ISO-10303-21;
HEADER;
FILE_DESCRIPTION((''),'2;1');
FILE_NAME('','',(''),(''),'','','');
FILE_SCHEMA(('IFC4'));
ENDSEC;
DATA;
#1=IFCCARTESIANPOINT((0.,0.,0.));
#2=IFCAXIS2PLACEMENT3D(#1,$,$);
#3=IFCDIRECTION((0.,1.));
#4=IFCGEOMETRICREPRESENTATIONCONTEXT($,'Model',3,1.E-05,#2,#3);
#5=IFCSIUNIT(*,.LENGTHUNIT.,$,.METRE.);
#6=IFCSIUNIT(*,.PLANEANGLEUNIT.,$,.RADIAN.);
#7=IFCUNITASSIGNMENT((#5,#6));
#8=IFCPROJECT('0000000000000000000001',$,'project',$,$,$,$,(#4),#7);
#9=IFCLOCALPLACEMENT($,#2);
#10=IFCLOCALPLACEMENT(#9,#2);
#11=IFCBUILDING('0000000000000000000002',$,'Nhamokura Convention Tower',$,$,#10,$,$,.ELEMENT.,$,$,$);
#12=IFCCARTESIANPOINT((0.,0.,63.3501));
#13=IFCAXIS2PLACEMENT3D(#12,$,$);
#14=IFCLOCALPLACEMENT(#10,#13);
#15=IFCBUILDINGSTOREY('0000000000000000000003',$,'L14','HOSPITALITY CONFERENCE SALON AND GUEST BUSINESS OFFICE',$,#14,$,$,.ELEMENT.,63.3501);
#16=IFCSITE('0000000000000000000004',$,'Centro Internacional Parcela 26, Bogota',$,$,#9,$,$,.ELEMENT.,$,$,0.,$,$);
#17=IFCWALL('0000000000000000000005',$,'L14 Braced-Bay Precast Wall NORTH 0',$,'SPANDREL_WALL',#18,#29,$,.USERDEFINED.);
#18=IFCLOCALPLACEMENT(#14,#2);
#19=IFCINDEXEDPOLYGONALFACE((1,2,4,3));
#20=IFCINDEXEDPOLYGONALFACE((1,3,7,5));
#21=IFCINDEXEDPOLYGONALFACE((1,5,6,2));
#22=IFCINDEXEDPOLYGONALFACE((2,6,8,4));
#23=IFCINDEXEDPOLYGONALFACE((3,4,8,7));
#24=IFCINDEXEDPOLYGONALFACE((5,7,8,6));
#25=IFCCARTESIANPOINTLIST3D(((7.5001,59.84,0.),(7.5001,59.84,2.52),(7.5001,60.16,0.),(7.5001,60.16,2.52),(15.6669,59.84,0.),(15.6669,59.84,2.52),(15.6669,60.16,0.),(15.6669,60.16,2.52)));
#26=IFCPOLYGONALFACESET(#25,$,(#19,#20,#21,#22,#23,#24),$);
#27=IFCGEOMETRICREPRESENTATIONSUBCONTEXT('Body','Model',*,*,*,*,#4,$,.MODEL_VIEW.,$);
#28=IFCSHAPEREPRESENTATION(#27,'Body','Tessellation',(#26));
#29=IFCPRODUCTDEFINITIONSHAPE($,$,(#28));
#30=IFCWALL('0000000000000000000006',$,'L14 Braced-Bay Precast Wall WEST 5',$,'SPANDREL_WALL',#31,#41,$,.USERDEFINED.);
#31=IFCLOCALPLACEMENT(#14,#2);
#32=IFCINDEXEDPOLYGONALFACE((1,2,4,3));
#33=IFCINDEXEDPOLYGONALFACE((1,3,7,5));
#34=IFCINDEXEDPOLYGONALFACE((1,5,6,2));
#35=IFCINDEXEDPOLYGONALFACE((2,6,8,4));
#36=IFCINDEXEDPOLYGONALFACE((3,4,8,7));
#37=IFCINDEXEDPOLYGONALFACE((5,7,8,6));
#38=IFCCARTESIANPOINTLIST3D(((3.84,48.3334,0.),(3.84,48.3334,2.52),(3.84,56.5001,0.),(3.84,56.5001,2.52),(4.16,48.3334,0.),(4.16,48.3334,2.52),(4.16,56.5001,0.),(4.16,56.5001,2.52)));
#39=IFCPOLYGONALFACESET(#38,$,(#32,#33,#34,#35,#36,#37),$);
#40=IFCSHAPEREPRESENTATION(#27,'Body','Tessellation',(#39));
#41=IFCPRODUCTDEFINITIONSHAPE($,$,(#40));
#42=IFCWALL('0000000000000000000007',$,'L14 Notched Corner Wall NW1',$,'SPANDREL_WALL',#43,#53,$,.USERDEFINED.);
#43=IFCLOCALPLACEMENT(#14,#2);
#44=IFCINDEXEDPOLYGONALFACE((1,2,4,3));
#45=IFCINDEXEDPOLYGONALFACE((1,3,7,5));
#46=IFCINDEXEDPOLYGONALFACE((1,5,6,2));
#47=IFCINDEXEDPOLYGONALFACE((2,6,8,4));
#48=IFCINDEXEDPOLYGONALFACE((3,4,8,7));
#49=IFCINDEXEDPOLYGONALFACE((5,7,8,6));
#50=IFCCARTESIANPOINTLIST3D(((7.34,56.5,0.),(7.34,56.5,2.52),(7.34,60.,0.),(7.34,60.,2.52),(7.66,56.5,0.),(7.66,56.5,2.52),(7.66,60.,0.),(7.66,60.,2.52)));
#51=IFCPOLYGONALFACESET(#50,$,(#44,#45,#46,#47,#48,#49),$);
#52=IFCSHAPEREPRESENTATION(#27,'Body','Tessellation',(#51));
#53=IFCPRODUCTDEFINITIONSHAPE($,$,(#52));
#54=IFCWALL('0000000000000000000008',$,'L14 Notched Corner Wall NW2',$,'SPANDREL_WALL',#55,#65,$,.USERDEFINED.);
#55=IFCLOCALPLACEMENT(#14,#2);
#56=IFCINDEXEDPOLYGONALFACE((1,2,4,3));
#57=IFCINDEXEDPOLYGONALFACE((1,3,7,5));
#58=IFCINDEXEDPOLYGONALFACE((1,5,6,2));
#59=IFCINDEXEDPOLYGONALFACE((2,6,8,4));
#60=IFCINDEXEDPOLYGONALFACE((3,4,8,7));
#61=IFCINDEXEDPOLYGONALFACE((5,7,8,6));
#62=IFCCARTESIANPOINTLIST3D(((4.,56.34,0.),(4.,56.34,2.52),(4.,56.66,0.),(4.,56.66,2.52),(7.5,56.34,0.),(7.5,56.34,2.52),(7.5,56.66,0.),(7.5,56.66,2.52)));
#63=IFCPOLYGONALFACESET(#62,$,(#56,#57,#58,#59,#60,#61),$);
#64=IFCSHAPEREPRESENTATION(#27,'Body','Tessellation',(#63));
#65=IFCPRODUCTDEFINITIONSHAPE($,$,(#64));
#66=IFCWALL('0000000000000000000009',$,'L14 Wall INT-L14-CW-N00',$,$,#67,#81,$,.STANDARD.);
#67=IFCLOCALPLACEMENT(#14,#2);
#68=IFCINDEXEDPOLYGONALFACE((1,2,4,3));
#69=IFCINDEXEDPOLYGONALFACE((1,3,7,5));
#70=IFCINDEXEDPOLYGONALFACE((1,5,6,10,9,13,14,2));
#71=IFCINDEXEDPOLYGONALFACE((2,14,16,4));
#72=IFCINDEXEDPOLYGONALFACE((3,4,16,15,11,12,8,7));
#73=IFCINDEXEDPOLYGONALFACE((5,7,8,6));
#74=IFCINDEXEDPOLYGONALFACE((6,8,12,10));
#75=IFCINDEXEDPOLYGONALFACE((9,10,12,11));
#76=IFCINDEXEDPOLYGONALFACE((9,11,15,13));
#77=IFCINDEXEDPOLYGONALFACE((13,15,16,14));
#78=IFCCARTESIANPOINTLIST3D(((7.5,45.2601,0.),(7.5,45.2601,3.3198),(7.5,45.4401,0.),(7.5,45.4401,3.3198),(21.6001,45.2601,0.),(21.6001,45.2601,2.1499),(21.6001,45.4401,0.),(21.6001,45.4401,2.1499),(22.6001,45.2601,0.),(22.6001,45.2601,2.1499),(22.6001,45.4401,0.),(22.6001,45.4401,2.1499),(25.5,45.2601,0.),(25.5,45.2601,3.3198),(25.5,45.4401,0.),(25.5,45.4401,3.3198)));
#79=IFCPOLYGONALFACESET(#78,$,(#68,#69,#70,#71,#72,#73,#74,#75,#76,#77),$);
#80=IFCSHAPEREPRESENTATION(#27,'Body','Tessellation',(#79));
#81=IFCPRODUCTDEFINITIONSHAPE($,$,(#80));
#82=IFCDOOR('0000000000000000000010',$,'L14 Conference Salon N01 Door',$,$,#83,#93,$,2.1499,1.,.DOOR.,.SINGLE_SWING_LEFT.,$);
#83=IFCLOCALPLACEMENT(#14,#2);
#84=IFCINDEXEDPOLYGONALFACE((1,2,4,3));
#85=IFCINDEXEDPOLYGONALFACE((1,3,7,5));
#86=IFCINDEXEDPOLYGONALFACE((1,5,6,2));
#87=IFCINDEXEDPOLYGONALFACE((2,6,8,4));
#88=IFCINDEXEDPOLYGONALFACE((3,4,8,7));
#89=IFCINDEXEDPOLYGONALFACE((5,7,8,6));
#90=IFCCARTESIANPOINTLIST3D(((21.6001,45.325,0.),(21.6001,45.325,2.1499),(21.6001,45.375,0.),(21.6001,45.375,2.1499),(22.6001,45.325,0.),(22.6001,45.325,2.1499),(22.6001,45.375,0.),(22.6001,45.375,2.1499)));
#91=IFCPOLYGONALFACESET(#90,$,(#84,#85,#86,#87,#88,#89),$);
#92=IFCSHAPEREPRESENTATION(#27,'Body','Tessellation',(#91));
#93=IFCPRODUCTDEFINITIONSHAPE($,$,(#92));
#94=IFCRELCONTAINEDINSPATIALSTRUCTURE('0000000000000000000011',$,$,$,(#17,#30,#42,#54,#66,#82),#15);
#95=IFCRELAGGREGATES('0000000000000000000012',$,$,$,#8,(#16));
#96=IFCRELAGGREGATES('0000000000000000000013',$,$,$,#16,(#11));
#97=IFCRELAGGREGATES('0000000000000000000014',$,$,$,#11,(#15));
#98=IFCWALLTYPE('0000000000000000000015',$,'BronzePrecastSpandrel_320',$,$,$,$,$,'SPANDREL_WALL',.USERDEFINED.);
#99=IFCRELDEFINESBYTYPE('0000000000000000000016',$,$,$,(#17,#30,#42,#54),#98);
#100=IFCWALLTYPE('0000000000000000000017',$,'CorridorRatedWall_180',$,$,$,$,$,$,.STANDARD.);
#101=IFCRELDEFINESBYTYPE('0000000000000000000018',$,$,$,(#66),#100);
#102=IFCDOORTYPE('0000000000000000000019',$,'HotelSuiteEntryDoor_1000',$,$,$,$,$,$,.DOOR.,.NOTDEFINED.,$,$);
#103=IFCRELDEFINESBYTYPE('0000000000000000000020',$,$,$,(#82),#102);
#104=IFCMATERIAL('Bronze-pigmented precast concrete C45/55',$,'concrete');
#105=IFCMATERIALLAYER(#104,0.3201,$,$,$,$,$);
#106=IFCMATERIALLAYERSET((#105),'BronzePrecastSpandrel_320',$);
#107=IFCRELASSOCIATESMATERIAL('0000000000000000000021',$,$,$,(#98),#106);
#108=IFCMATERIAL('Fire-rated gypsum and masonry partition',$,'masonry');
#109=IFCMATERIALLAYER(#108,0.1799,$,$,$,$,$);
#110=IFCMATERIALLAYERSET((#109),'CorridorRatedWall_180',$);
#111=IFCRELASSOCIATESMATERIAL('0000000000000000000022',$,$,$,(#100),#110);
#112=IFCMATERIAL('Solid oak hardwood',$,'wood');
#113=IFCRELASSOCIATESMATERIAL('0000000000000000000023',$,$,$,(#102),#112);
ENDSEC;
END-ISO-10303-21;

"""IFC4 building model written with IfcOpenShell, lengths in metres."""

from ifc_helpers import new_model, si_unit, direction, frame, frame_2d, origin, place, context, subcontext, project, spatial, rectangle, extrude, material, layer, layer_set, type_object, element, fill, save


model = new_model("IFC4")

# Units and contexts
model_context = context("Model", 3, precision=1e-05, world=origin(), true_north=direction((0.0, 1.0)))
body_context = subcontext(model_context, "Body", "Model", "MODEL_VIEW")
ifc_project = project(units=[si_unit("LENGTHUNIT", "METRE"), si_unit("PLANEANGLEUNIT", "RADIAN")], contexts=[model_context])

# Site, building, storey
site_placement = place(None, origin())
site = spatial("IfcSite", under=ifc_project, at=site_placement, Name="Centro Internacional Parcela 26, Bogota", CompositionType="ELEMENT", RefElevation=0.0)
building_placement = place(site_placement, origin())
building = spatial("IfcBuilding", under=site, at=building_placement, Name="Nhamokura Convention Tower", CompositionType="ELEMENT")
storey_placement = place(building_placement, frame((0.0, 0.0, 63.3501)))
storey = spatial("IfcBuildingStorey", under=building, at=storey_placement, Name="L14", Description="HOSPITALITY CONFERENCE SALON AND GUEST BUSINESS OFFICE", CompositionType="ELEMENT", Elevation=63.3501)

# Walls
ifc_material_1 = material(Name="Bronze-pigmented precast concrete C45/55", Category="concrete")
ifc_layer_1 = layer(ifc_material_1, 0.3201)
ifc_layer_set_1 = layer_set([ifc_layer_1], Name="BronzePrecastSpandrel_320")
wall_type_1 = type_object("IfcWallType", Name="BronzePrecastSpandrel_320", ElementType="SPANDREL_WALL", PredefinedType="USERDEFINED", material=ifc_layer_set_1)
for number, where, z_axis, x_axis, name in (
    (1, (7.5, 60.0, 0.0), (0.0, 0.0, 1.0), (1.0, 0.0, 0.0), "L14 Braced-Bay Precast Wall NORTH 0"),
    (2, (4.0, 48.3333, 0.0), (0.0, 0.0, 1.0), (0.0, 1.0, 0.0), "L14 Braced-Bay Precast Wall WEST 5"),
):
    element("IfcWall", number, at=place(storey_placement, frame(where, z_axis=z_axis, x_axis=x_axis)), inside=storey, type_object=wall_type_1, Name=name, ObjectType="SPANDREL_WALL", PredefinedType="USERDEFINED", context=body_context, shape_type="SweptSolid", body=[
        extrude(rectangle(XDim=8.1667, YDim=0.3201, at=frame_2d((4.0835, 0.0))), origin(), (0.0, 0.0, 1.0), 2.52),
    ])
for number, where, z_axis, x_axis, name in (
    (3, (7.5, 56.5, 0.0), (0.0, 0.0, 1.0), (0.0, 1.0, 0.0), "L14 Notched Corner Wall NW1"),
    (4, (4.0, 56.5, 0.0), (0.0, 0.0, 1.0), (1.0, 0.0, 0.0), "L14 Notched Corner Wall NW2"),
):
    element("IfcWall", number, at=place(storey_placement, frame(where, z_axis=z_axis, x_axis=x_axis)), inside=storey, type_object=wall_type_1, Name=name, ObjectType="SPANDREL_WALL", PredefinedType="USERDEFINED", context=body_context, shape_type="SweptSolid", body=[
        extrude(rectangle(XDim=3.5, YDim=0.3201, at=frame_2d((1.75, 0.0))), origin(), (0.0, 0.0, 1.0), 2.52),
    ])

# Wall, opening, door
ifc_material_2 = material(Name="Fire-rated gypsum and masonry partition", Category="masonry")
ifc_layer_2 = layer(ifc_material_2, 0.1799)
ifc_layer_set_2 = layer_set([ifc_layer_2], Name="CorridorRatedWall_180")
wall_type_2 = type_object("IfcWallType", Name="CorridorRatedWall_180", PredefinedType="STANDARD", material=ifc_layer_set_2)
wall_placement = place(storey_placement, frame((7.5, 45.3501, 0.0), z_axis=(0.0, 0.0, 1.0), x_axis=(1.0, 0.0, 0.0)))
wall = element("IfcWall", 5, at=wall_placement, inside=storey, type_object=wall_type_2, Name="L14 Wall INT-L14-CW-N00", PredefinedType="STANDARD", context=body_context, shape_type="SweptSolid", body=[
    extrude(rectangle(XDim=18.0, YDim=0.1799, at=frame_2d((9.0, 0.0))), origin(), (0.0, 0.0, 1.0), 3.3198),
])
opening_placement = place(wall_placement, frame((14.1001, 0.0, 0.0)))
opening = element("IfcOpeningElement", 6, at=opening_placement, cuts=wall, PredefinedType="OPENING", context=body_context, shape_type="SweptSolid", body=[
    extrude(rectangle(XDim=1.0, YDim=2.1499, at=frame_2d((0.5, 1.075))), frame((0.0, 0.0999, 0.0), z_axis=(0.0, -1.0, 0.0), x_axis=(1.0, 0.0, 0.0)), (0.0, 0.0, 1.0), 0.2),
])
ifc_material_3 = material(Name="Solid oak hardwood", Category="wood")
door_type = type_object("IfcDoorType", Name="HotelSuiteEntryDoor_1000", OperationType="NOTDEFINED", PredefinedType="DOOR", material=ifc_material_3)
door_placement = place(opening_placement, origin())
door = element("IfcDoor", 7, at=door_placement, inside=storey, type_object=door_type, Name="L14 Conference Salon N01 Door", OperationType="SINGLE_SWING_LEFT", OverallHeight=2.1499, OverallWidth=1.0, PredefinedType="DOOR", context=body_context, shape_type="SweptSolid", body=[
    extrude(rectangle(XDim=1.0, YDim=2.1499, at=frame_2d((0.5, 1.075))), frame((0.0, 0.0249, 0.0), z_axis=(0.0, -1.0, 0.0), x_axis=(1.0, 0.0, 0.0)), (0.0, 0.0, 1.0), 0.05),
])
fill(opening, door)

save(model, "model.ifc")
